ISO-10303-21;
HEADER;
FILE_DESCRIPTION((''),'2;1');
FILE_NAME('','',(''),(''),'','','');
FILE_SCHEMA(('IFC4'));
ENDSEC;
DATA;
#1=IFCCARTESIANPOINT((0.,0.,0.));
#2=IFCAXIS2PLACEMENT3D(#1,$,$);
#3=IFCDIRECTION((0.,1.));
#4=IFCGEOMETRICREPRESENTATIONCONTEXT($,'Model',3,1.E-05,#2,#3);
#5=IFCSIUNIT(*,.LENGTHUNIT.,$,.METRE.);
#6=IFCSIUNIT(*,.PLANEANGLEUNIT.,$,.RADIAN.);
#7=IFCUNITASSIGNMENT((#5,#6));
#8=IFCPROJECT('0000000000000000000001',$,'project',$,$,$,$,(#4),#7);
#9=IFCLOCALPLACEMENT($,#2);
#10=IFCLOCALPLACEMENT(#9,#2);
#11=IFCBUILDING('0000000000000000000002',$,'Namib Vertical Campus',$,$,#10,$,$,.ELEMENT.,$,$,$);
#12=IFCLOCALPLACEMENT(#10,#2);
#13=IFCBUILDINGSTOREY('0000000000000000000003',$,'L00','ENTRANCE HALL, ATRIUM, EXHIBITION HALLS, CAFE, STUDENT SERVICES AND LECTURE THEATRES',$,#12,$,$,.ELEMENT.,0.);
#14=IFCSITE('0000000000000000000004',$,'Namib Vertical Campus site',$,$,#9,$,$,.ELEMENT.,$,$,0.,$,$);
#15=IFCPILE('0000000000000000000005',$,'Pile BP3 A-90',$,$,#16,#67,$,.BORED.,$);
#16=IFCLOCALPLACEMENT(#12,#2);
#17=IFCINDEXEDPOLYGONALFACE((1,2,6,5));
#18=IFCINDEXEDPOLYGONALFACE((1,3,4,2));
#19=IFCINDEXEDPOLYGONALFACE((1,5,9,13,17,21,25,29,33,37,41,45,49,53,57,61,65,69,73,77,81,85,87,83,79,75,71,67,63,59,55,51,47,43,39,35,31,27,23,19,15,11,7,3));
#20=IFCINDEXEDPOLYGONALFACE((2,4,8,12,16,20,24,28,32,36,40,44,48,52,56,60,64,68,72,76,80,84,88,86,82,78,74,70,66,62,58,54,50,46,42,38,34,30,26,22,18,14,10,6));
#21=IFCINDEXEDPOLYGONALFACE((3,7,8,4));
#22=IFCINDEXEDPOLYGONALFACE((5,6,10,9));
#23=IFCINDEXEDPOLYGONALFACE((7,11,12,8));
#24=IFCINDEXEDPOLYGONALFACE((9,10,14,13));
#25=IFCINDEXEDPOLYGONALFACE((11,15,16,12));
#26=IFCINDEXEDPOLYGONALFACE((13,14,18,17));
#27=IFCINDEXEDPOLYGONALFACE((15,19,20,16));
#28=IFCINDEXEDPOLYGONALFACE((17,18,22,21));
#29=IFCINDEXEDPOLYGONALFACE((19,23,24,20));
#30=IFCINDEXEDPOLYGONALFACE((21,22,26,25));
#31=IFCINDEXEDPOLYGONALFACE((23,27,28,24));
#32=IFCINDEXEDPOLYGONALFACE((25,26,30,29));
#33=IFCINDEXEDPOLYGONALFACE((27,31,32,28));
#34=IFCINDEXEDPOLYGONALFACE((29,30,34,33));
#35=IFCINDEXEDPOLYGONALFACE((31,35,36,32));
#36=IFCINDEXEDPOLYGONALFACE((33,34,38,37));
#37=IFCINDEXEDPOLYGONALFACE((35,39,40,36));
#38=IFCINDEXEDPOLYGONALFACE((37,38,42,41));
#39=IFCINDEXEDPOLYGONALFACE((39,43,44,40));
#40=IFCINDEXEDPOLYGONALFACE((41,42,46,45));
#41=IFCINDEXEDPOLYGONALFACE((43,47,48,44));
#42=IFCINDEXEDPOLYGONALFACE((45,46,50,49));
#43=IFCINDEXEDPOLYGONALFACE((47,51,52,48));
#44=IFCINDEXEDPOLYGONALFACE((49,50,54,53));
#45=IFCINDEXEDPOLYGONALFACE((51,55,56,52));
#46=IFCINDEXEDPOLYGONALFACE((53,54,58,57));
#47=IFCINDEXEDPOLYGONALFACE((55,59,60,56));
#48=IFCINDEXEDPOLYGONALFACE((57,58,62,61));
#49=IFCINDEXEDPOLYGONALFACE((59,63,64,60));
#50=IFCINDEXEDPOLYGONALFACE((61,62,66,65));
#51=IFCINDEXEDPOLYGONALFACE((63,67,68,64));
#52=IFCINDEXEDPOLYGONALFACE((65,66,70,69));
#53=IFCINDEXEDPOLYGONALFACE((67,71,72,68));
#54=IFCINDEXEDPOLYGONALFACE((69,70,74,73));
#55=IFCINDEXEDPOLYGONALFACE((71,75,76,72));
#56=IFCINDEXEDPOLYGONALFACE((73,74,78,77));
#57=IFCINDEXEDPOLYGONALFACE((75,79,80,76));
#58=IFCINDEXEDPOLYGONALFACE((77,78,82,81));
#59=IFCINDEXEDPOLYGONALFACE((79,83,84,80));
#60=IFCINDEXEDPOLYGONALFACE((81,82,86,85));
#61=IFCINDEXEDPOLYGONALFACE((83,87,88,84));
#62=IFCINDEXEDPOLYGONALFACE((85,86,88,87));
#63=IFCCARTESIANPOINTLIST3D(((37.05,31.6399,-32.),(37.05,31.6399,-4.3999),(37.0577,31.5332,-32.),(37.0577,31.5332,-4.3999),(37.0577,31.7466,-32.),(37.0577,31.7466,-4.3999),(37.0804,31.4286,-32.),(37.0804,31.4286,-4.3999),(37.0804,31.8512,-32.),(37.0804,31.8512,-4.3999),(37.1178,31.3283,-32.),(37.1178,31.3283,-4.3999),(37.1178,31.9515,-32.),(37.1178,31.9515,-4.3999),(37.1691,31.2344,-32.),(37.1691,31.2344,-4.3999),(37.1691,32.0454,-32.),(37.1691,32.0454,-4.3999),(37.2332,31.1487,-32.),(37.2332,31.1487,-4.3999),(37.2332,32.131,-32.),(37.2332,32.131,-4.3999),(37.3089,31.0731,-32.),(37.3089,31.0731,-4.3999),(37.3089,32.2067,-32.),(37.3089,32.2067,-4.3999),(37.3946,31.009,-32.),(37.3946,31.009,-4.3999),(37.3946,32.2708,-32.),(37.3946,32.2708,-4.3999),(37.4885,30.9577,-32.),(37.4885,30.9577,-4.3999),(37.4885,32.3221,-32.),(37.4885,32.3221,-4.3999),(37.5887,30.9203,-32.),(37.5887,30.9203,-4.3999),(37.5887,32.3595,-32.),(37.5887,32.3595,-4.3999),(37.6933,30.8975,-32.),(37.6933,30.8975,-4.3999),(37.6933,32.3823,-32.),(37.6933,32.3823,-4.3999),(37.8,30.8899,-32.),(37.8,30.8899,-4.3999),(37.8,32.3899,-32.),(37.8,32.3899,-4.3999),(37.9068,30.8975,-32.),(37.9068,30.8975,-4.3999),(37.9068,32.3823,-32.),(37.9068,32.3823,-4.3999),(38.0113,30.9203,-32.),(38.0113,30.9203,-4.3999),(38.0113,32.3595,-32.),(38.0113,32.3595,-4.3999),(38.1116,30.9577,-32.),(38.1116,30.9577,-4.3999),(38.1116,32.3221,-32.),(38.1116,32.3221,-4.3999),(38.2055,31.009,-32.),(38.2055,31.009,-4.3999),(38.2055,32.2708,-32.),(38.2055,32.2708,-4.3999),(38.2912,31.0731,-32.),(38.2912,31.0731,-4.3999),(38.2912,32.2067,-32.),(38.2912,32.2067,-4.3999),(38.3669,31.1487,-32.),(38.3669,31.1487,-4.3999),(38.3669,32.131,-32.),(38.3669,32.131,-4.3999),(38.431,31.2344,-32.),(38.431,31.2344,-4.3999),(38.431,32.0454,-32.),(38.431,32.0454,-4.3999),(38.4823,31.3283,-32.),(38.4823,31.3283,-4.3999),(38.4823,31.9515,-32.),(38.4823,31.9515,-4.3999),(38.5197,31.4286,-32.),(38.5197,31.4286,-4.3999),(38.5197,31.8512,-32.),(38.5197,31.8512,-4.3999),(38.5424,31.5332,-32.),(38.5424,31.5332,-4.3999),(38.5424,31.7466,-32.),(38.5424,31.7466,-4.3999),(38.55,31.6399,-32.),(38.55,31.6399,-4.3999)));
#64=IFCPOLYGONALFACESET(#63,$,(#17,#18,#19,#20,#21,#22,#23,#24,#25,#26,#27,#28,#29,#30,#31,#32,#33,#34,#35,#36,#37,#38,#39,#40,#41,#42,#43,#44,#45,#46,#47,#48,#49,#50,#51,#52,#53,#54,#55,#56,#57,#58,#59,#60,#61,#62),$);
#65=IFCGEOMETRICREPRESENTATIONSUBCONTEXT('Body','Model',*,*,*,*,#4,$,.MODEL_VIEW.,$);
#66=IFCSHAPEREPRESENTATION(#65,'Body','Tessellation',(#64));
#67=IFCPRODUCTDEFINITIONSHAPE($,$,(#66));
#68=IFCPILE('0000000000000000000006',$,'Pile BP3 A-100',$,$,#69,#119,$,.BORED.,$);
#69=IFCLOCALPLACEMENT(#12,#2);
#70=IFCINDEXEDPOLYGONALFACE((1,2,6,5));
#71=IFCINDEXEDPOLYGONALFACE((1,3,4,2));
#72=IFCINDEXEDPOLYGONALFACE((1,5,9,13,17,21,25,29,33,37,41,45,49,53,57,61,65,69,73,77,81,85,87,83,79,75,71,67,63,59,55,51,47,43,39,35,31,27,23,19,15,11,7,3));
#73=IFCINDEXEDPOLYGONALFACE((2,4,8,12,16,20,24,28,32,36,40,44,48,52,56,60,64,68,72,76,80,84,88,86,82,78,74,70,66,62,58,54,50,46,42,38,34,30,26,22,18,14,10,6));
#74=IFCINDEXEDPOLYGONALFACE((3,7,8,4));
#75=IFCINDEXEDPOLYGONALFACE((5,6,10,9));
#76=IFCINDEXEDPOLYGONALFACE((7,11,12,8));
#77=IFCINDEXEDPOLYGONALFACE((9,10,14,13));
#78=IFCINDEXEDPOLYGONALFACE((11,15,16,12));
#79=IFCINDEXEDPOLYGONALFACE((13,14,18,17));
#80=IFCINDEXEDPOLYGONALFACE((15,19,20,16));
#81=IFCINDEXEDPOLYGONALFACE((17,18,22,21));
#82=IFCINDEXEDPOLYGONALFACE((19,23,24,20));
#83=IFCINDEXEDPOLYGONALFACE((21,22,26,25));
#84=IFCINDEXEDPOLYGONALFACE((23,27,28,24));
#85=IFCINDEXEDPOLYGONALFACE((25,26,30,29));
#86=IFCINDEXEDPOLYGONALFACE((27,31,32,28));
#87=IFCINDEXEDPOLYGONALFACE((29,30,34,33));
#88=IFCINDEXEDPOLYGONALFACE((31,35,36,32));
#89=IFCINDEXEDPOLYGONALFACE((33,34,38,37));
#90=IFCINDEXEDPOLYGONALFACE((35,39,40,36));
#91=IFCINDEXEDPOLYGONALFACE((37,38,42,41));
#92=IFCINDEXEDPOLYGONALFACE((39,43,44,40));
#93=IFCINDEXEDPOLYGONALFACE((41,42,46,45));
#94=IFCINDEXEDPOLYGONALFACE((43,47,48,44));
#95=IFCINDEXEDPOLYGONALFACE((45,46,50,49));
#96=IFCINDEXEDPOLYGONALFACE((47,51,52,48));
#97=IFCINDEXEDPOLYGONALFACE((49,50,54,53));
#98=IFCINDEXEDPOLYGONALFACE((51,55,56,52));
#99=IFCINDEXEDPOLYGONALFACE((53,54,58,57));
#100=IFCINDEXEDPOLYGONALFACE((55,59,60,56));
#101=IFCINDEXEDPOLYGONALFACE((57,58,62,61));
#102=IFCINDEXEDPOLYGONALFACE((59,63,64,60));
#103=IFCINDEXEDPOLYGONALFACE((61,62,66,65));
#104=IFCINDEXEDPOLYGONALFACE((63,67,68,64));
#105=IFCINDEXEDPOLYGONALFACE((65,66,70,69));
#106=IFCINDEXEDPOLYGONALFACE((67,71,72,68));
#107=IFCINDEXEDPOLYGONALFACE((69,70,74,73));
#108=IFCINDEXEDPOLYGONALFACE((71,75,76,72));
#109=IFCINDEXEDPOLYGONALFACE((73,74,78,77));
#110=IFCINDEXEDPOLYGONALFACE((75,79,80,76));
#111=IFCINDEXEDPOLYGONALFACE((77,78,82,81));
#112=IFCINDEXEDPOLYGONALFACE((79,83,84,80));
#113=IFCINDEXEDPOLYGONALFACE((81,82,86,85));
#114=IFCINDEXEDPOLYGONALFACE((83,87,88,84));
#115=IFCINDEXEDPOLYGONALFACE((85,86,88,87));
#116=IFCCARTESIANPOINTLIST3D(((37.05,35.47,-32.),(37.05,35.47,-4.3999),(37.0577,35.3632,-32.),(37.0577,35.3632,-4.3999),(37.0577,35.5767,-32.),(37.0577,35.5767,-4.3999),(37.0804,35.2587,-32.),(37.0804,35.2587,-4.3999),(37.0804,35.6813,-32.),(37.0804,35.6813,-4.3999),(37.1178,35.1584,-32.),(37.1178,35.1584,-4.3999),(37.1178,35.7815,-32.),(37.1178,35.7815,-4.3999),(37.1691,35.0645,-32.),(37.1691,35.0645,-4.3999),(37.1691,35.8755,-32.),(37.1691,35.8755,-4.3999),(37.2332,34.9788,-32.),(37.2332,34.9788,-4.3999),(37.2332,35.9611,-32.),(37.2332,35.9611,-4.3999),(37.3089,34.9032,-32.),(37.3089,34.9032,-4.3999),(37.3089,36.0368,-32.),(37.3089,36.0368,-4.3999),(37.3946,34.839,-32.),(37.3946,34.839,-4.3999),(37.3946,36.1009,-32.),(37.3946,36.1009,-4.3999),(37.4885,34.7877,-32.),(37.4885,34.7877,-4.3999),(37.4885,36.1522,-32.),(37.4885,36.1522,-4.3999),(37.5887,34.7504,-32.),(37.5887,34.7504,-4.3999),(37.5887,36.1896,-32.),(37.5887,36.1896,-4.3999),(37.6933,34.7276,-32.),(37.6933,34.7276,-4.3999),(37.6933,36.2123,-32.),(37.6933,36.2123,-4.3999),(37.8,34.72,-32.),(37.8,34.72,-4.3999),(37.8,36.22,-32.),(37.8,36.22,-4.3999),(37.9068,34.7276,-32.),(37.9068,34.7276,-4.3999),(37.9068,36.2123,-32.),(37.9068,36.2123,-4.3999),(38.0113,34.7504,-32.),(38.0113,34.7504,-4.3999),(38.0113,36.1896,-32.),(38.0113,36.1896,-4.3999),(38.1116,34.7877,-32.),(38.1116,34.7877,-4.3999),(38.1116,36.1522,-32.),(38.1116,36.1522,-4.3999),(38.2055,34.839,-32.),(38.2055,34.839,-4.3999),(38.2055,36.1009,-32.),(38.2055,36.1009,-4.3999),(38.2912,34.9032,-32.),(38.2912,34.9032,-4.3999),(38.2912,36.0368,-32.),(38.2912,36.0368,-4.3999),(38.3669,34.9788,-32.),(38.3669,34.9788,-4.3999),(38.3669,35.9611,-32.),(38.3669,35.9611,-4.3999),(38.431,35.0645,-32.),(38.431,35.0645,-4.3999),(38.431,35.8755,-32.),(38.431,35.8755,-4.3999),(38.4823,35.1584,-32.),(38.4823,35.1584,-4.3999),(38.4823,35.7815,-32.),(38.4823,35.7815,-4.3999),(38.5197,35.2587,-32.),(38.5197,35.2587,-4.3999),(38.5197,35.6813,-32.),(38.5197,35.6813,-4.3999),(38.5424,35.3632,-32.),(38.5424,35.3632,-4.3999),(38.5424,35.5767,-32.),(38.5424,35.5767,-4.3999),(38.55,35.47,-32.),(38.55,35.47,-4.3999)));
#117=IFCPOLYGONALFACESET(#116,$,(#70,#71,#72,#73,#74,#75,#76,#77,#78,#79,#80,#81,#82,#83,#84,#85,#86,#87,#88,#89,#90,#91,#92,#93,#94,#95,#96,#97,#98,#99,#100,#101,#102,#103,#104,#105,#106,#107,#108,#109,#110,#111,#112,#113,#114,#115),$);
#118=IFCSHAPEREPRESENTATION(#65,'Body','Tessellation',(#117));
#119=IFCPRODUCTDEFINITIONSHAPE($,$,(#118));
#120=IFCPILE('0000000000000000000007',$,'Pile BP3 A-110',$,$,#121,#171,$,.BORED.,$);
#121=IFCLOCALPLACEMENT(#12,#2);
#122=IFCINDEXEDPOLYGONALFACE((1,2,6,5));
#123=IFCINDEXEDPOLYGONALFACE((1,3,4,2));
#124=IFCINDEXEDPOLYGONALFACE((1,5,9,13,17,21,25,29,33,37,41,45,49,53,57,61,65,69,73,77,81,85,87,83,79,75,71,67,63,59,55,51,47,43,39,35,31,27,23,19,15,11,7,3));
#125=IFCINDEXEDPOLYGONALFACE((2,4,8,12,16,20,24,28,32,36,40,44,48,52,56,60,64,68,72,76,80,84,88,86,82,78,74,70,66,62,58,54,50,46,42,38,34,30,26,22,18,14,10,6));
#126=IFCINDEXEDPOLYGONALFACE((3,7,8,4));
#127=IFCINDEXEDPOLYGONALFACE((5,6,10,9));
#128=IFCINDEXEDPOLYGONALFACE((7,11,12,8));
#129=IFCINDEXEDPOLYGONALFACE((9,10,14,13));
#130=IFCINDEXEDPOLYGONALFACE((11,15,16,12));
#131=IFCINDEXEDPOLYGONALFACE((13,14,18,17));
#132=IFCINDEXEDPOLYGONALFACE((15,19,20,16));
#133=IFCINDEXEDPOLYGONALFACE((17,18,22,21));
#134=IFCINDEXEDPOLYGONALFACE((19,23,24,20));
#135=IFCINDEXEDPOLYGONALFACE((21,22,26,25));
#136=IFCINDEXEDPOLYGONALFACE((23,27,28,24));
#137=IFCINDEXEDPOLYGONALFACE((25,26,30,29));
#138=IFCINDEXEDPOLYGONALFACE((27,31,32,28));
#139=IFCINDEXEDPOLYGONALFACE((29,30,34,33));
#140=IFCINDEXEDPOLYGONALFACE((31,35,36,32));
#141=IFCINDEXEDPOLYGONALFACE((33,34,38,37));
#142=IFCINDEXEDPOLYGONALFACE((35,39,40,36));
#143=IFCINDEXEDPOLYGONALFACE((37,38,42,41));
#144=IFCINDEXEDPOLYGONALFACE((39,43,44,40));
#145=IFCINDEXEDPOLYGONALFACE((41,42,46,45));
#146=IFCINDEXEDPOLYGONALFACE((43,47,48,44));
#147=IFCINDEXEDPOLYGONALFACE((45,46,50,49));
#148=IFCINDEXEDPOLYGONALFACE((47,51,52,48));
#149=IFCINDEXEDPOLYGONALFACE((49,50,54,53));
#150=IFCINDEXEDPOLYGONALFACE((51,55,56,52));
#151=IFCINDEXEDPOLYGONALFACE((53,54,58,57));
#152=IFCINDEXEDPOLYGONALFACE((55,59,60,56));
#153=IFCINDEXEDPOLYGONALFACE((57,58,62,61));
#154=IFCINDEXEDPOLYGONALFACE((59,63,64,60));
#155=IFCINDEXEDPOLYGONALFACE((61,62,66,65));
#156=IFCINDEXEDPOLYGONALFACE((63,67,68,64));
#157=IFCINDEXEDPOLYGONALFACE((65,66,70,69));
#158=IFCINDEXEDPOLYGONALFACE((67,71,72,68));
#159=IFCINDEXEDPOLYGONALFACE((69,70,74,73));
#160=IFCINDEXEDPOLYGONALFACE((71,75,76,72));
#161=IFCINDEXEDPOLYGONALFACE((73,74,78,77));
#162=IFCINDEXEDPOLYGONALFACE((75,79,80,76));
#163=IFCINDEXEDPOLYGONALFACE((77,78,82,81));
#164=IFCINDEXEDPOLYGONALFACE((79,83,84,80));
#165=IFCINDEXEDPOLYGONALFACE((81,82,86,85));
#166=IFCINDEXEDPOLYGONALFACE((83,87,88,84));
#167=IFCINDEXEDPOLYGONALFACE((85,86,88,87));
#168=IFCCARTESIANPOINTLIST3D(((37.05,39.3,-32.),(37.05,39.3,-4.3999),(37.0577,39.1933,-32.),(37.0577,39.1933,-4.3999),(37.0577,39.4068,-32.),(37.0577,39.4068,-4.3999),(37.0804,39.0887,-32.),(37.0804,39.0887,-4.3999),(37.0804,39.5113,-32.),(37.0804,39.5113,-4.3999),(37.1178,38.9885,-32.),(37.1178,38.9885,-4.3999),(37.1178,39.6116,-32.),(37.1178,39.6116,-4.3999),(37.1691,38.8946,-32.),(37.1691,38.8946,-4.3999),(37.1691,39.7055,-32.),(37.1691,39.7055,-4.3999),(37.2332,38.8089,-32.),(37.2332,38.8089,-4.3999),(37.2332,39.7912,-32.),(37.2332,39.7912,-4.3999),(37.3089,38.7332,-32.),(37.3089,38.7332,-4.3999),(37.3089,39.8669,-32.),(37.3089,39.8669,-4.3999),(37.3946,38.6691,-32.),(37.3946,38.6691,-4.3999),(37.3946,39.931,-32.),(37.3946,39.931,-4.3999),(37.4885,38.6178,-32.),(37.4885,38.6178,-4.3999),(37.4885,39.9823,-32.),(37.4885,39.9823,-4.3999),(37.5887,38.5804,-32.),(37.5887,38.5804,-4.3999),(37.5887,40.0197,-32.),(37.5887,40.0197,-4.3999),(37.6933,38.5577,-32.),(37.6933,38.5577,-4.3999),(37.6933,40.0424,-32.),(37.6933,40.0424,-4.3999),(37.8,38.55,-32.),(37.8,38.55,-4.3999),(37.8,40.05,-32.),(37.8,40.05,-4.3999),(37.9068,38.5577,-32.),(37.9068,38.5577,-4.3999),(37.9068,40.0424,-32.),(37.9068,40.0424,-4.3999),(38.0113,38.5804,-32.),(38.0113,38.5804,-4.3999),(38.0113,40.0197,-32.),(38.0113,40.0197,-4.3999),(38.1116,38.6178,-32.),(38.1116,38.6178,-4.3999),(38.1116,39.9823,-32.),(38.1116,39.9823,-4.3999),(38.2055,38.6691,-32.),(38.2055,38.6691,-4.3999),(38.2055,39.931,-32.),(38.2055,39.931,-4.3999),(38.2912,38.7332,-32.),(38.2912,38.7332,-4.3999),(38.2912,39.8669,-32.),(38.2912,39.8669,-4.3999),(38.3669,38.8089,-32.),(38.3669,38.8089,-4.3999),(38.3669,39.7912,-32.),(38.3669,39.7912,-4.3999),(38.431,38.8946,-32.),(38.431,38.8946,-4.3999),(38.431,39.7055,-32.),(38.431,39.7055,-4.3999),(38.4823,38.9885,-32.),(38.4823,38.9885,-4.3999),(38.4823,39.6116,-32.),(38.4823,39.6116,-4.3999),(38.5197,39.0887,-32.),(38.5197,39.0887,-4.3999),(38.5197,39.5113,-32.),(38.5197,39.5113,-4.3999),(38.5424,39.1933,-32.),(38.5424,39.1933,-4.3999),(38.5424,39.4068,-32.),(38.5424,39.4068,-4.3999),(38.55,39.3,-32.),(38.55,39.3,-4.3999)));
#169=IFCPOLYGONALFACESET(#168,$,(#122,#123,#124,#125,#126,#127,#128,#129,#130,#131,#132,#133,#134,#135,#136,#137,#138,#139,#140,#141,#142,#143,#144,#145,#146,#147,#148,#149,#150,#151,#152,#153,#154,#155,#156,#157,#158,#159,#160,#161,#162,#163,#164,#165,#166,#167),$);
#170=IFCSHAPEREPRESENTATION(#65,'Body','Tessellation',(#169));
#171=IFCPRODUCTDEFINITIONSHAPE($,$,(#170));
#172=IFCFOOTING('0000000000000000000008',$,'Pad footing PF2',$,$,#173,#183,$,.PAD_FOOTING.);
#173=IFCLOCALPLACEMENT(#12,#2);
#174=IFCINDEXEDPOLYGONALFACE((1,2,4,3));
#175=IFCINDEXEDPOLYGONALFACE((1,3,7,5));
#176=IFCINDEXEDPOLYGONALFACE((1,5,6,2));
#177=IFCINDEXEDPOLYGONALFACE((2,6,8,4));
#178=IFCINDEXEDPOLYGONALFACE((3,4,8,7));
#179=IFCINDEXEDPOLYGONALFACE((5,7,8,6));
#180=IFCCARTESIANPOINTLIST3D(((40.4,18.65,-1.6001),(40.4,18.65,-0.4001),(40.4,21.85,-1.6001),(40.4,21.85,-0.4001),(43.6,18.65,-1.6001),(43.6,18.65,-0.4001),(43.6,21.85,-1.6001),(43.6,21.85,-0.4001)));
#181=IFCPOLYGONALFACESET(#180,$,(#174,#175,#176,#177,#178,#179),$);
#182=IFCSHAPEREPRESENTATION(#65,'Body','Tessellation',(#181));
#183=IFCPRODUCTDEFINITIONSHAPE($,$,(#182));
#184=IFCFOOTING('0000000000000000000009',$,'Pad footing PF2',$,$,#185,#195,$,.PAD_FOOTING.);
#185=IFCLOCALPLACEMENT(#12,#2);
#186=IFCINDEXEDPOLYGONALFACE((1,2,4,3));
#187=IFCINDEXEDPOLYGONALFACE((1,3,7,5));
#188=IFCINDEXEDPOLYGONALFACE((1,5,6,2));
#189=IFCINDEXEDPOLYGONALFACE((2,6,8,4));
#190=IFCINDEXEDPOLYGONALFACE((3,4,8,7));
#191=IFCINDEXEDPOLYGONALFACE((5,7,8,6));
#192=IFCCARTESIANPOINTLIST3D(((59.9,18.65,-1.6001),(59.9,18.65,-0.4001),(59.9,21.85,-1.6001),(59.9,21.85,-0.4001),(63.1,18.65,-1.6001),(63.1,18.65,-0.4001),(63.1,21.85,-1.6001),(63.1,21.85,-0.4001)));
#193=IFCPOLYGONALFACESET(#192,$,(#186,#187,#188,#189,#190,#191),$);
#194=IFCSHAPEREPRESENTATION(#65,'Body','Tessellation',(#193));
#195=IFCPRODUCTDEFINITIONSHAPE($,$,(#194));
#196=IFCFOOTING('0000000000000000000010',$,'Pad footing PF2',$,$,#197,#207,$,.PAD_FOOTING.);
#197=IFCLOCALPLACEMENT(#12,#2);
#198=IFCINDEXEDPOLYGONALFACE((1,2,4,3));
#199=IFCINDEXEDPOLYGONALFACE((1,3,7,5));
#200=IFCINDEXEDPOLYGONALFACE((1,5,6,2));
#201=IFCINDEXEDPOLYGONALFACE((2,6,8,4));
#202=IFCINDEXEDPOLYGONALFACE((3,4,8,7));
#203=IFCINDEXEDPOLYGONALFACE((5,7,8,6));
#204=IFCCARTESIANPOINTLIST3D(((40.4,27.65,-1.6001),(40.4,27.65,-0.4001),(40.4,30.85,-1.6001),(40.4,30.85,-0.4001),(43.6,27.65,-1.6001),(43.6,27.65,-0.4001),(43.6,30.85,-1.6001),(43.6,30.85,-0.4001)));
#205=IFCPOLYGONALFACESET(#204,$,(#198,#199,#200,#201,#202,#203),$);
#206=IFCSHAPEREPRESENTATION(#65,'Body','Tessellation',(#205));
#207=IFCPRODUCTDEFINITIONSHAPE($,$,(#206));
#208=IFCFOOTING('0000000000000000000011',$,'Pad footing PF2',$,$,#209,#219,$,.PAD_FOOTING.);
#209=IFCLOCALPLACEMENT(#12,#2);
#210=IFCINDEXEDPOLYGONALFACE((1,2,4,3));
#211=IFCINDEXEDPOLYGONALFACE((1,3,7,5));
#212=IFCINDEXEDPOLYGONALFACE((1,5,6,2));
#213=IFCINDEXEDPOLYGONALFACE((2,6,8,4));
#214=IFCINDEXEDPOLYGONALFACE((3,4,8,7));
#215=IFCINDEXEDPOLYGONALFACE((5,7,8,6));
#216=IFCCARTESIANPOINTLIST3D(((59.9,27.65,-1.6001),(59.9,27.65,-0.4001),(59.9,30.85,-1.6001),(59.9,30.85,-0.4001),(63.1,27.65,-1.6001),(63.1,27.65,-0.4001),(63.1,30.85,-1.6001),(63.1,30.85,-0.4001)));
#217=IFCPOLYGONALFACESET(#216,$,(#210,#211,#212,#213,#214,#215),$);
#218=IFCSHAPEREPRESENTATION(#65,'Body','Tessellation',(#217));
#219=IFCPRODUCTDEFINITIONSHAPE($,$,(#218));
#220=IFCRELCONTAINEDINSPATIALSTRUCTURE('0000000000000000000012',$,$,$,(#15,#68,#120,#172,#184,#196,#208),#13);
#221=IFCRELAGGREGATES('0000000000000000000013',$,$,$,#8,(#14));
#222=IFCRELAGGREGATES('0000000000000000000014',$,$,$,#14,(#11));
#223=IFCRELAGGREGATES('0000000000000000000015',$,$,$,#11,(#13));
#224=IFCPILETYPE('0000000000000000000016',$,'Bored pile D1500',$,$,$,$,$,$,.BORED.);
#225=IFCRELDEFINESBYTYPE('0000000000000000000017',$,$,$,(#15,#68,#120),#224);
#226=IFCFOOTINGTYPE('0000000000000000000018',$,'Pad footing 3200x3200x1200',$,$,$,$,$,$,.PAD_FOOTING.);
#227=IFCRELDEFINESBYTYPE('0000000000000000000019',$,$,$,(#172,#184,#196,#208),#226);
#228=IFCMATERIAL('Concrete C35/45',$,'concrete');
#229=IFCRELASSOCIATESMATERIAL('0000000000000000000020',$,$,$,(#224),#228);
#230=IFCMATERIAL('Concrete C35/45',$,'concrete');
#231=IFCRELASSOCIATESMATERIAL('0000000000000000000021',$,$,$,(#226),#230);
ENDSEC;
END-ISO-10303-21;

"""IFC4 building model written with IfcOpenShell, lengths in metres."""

from ifc_helpers import new_model, si_unit, direction, frame, origin, origin_2d, place, context, subcontext, project, spatial, rectangle, circle, extrude, material, material_profile, profile_set, type_object, element, save


model = new_model("IFC4")

# Units and contexts
model_context = context("Model", 3, precision=1e-05, world=origin(), true_north=direction((0.0, 1.0)))
body_context = subcontext(model_context, "Body", "Model", "MODEL_VIEW")
ifc_project = project(units=[si_unit("LENGTHUNIT", "METRE"), si_unit("PLANEANGLEUNIT", "RADIAN")], contexts=[model_context])

# Site, building, storey
site_placement = place(None, origin())
site = spatial("IfcSite", under=ifc_project, at=site_placement, Name="Namib Vertical Campus site", CompositionType="ELEMENT", RefElevation=0.0)
building_placement = place(site_placement, origin())
building = spatial("IfcBuilding", under=site, at=building_placement, Name="Namib Vertical Campus", CompositionType="ELEMENT")
storey_placement = place(building_placement, origin())
storey = spatial("IfcBuildingStorey", under=building, at=storey_placement, Name="L00", Description="ENTRANCE HALL, ATRIUM, EXHIBITION HALLS, CAFE, STUDENT SERVICES AND LECTURE THEATRES", CompositionType="ELEMENT", Elevation=0.0)

# Piles
ifc_material_1 = material(Name="Concrete C35/45", Category="concrete")
ifc_material_profile_1 = material_profile(ifc_material_1, circle(Radius=0.75, at=origin_2d()))
ifc_profile_set_1 = profile_set([ifc_material_profile_1], Name="Concrete C35/45")
pile_type = type_object("IfcPileType", Name="Bored pile D1500", PredefinedType="BORED", material=ifc_profile_set_1)
for number, where, z_axis, x_axis, name in (
    (1, (37.8, 31.6399, -4.3999), (0.0, 0.0, -1.0), (1.0, 0.0, 0.0), "Pile BP3 A-90"),
    (2, (37.8, 35.47, -4.3999), (0.0, 0.0, -1.0), (1.0, 0.0, 0.0), "Pile BP3 A-100"),
    (3, (37.8, 39.3, -4.3999), (0.0, 0.0, -1.0), (1.0, 0.0, 0.0), "Pile BP3 A-110"),
):
    element("IfcPile", number, at=place(storey_placement, frame(where, z_axis=z_axis, x_axis=x_axis)), inside=storey, type_object=pile_type, Name=name, PredefinedType="BORED", context=body_context, shape_type="SweptSolid", body=[
        extrude(circle(Radius=0.75, at=origin_2d()), origin(), (0.0, 0.0, 1.0), 27.6001),
    ])

# Footings
ifc_material_2 = material(Name="Concrete C35/45", Category="concrete")
footing_type_1 = type_object("IfcFootingType", Name="Pad footing 3200x3200x1200", PredefinedType="PAD_FOOTING", material=ifc_material_2)
for number, where, z_axis, x_axis, name in (
    (4, (42.0, 20.25, -1.6001), (0.0, 0.0, 1.0), (1.0, 0.0, 0.0), "Pad footing PF2"),
    (5, (61.5, 20.25, -1.6001), (0.0, 0.0, 1.0), (1.0, 0.0, 0.0), "Pad footing PF2"),
    (6, (42.0, 29.25, -1.6001), (0.0, 0.0, 1.0), (1.0, 0.0, 0.0), "Pad footing PF2"),
    (7, (61.5, 29.25, -1.6001), (0.0, 0.0, 1.0), (1.0, 0.0, 0.0), "Pad footing PF2"),
):
    element("IfcFooting", number, at=place(storey_placement, frame(where, z_axis=z_axis, x_axis=x_axis)), inside=storey, type_object=footing_type_1, Name=name, PredefinedType="PAD_FOOTING", context=body_context, shape_type="SweptSolid", body=[
        extrude(rectangle(XDim=3.2, YDim=3.2, at=origin_2d()), origin(), (0.0, 0.0, 1.0), 1.2),
    ])

save(model, "model.ifc")
